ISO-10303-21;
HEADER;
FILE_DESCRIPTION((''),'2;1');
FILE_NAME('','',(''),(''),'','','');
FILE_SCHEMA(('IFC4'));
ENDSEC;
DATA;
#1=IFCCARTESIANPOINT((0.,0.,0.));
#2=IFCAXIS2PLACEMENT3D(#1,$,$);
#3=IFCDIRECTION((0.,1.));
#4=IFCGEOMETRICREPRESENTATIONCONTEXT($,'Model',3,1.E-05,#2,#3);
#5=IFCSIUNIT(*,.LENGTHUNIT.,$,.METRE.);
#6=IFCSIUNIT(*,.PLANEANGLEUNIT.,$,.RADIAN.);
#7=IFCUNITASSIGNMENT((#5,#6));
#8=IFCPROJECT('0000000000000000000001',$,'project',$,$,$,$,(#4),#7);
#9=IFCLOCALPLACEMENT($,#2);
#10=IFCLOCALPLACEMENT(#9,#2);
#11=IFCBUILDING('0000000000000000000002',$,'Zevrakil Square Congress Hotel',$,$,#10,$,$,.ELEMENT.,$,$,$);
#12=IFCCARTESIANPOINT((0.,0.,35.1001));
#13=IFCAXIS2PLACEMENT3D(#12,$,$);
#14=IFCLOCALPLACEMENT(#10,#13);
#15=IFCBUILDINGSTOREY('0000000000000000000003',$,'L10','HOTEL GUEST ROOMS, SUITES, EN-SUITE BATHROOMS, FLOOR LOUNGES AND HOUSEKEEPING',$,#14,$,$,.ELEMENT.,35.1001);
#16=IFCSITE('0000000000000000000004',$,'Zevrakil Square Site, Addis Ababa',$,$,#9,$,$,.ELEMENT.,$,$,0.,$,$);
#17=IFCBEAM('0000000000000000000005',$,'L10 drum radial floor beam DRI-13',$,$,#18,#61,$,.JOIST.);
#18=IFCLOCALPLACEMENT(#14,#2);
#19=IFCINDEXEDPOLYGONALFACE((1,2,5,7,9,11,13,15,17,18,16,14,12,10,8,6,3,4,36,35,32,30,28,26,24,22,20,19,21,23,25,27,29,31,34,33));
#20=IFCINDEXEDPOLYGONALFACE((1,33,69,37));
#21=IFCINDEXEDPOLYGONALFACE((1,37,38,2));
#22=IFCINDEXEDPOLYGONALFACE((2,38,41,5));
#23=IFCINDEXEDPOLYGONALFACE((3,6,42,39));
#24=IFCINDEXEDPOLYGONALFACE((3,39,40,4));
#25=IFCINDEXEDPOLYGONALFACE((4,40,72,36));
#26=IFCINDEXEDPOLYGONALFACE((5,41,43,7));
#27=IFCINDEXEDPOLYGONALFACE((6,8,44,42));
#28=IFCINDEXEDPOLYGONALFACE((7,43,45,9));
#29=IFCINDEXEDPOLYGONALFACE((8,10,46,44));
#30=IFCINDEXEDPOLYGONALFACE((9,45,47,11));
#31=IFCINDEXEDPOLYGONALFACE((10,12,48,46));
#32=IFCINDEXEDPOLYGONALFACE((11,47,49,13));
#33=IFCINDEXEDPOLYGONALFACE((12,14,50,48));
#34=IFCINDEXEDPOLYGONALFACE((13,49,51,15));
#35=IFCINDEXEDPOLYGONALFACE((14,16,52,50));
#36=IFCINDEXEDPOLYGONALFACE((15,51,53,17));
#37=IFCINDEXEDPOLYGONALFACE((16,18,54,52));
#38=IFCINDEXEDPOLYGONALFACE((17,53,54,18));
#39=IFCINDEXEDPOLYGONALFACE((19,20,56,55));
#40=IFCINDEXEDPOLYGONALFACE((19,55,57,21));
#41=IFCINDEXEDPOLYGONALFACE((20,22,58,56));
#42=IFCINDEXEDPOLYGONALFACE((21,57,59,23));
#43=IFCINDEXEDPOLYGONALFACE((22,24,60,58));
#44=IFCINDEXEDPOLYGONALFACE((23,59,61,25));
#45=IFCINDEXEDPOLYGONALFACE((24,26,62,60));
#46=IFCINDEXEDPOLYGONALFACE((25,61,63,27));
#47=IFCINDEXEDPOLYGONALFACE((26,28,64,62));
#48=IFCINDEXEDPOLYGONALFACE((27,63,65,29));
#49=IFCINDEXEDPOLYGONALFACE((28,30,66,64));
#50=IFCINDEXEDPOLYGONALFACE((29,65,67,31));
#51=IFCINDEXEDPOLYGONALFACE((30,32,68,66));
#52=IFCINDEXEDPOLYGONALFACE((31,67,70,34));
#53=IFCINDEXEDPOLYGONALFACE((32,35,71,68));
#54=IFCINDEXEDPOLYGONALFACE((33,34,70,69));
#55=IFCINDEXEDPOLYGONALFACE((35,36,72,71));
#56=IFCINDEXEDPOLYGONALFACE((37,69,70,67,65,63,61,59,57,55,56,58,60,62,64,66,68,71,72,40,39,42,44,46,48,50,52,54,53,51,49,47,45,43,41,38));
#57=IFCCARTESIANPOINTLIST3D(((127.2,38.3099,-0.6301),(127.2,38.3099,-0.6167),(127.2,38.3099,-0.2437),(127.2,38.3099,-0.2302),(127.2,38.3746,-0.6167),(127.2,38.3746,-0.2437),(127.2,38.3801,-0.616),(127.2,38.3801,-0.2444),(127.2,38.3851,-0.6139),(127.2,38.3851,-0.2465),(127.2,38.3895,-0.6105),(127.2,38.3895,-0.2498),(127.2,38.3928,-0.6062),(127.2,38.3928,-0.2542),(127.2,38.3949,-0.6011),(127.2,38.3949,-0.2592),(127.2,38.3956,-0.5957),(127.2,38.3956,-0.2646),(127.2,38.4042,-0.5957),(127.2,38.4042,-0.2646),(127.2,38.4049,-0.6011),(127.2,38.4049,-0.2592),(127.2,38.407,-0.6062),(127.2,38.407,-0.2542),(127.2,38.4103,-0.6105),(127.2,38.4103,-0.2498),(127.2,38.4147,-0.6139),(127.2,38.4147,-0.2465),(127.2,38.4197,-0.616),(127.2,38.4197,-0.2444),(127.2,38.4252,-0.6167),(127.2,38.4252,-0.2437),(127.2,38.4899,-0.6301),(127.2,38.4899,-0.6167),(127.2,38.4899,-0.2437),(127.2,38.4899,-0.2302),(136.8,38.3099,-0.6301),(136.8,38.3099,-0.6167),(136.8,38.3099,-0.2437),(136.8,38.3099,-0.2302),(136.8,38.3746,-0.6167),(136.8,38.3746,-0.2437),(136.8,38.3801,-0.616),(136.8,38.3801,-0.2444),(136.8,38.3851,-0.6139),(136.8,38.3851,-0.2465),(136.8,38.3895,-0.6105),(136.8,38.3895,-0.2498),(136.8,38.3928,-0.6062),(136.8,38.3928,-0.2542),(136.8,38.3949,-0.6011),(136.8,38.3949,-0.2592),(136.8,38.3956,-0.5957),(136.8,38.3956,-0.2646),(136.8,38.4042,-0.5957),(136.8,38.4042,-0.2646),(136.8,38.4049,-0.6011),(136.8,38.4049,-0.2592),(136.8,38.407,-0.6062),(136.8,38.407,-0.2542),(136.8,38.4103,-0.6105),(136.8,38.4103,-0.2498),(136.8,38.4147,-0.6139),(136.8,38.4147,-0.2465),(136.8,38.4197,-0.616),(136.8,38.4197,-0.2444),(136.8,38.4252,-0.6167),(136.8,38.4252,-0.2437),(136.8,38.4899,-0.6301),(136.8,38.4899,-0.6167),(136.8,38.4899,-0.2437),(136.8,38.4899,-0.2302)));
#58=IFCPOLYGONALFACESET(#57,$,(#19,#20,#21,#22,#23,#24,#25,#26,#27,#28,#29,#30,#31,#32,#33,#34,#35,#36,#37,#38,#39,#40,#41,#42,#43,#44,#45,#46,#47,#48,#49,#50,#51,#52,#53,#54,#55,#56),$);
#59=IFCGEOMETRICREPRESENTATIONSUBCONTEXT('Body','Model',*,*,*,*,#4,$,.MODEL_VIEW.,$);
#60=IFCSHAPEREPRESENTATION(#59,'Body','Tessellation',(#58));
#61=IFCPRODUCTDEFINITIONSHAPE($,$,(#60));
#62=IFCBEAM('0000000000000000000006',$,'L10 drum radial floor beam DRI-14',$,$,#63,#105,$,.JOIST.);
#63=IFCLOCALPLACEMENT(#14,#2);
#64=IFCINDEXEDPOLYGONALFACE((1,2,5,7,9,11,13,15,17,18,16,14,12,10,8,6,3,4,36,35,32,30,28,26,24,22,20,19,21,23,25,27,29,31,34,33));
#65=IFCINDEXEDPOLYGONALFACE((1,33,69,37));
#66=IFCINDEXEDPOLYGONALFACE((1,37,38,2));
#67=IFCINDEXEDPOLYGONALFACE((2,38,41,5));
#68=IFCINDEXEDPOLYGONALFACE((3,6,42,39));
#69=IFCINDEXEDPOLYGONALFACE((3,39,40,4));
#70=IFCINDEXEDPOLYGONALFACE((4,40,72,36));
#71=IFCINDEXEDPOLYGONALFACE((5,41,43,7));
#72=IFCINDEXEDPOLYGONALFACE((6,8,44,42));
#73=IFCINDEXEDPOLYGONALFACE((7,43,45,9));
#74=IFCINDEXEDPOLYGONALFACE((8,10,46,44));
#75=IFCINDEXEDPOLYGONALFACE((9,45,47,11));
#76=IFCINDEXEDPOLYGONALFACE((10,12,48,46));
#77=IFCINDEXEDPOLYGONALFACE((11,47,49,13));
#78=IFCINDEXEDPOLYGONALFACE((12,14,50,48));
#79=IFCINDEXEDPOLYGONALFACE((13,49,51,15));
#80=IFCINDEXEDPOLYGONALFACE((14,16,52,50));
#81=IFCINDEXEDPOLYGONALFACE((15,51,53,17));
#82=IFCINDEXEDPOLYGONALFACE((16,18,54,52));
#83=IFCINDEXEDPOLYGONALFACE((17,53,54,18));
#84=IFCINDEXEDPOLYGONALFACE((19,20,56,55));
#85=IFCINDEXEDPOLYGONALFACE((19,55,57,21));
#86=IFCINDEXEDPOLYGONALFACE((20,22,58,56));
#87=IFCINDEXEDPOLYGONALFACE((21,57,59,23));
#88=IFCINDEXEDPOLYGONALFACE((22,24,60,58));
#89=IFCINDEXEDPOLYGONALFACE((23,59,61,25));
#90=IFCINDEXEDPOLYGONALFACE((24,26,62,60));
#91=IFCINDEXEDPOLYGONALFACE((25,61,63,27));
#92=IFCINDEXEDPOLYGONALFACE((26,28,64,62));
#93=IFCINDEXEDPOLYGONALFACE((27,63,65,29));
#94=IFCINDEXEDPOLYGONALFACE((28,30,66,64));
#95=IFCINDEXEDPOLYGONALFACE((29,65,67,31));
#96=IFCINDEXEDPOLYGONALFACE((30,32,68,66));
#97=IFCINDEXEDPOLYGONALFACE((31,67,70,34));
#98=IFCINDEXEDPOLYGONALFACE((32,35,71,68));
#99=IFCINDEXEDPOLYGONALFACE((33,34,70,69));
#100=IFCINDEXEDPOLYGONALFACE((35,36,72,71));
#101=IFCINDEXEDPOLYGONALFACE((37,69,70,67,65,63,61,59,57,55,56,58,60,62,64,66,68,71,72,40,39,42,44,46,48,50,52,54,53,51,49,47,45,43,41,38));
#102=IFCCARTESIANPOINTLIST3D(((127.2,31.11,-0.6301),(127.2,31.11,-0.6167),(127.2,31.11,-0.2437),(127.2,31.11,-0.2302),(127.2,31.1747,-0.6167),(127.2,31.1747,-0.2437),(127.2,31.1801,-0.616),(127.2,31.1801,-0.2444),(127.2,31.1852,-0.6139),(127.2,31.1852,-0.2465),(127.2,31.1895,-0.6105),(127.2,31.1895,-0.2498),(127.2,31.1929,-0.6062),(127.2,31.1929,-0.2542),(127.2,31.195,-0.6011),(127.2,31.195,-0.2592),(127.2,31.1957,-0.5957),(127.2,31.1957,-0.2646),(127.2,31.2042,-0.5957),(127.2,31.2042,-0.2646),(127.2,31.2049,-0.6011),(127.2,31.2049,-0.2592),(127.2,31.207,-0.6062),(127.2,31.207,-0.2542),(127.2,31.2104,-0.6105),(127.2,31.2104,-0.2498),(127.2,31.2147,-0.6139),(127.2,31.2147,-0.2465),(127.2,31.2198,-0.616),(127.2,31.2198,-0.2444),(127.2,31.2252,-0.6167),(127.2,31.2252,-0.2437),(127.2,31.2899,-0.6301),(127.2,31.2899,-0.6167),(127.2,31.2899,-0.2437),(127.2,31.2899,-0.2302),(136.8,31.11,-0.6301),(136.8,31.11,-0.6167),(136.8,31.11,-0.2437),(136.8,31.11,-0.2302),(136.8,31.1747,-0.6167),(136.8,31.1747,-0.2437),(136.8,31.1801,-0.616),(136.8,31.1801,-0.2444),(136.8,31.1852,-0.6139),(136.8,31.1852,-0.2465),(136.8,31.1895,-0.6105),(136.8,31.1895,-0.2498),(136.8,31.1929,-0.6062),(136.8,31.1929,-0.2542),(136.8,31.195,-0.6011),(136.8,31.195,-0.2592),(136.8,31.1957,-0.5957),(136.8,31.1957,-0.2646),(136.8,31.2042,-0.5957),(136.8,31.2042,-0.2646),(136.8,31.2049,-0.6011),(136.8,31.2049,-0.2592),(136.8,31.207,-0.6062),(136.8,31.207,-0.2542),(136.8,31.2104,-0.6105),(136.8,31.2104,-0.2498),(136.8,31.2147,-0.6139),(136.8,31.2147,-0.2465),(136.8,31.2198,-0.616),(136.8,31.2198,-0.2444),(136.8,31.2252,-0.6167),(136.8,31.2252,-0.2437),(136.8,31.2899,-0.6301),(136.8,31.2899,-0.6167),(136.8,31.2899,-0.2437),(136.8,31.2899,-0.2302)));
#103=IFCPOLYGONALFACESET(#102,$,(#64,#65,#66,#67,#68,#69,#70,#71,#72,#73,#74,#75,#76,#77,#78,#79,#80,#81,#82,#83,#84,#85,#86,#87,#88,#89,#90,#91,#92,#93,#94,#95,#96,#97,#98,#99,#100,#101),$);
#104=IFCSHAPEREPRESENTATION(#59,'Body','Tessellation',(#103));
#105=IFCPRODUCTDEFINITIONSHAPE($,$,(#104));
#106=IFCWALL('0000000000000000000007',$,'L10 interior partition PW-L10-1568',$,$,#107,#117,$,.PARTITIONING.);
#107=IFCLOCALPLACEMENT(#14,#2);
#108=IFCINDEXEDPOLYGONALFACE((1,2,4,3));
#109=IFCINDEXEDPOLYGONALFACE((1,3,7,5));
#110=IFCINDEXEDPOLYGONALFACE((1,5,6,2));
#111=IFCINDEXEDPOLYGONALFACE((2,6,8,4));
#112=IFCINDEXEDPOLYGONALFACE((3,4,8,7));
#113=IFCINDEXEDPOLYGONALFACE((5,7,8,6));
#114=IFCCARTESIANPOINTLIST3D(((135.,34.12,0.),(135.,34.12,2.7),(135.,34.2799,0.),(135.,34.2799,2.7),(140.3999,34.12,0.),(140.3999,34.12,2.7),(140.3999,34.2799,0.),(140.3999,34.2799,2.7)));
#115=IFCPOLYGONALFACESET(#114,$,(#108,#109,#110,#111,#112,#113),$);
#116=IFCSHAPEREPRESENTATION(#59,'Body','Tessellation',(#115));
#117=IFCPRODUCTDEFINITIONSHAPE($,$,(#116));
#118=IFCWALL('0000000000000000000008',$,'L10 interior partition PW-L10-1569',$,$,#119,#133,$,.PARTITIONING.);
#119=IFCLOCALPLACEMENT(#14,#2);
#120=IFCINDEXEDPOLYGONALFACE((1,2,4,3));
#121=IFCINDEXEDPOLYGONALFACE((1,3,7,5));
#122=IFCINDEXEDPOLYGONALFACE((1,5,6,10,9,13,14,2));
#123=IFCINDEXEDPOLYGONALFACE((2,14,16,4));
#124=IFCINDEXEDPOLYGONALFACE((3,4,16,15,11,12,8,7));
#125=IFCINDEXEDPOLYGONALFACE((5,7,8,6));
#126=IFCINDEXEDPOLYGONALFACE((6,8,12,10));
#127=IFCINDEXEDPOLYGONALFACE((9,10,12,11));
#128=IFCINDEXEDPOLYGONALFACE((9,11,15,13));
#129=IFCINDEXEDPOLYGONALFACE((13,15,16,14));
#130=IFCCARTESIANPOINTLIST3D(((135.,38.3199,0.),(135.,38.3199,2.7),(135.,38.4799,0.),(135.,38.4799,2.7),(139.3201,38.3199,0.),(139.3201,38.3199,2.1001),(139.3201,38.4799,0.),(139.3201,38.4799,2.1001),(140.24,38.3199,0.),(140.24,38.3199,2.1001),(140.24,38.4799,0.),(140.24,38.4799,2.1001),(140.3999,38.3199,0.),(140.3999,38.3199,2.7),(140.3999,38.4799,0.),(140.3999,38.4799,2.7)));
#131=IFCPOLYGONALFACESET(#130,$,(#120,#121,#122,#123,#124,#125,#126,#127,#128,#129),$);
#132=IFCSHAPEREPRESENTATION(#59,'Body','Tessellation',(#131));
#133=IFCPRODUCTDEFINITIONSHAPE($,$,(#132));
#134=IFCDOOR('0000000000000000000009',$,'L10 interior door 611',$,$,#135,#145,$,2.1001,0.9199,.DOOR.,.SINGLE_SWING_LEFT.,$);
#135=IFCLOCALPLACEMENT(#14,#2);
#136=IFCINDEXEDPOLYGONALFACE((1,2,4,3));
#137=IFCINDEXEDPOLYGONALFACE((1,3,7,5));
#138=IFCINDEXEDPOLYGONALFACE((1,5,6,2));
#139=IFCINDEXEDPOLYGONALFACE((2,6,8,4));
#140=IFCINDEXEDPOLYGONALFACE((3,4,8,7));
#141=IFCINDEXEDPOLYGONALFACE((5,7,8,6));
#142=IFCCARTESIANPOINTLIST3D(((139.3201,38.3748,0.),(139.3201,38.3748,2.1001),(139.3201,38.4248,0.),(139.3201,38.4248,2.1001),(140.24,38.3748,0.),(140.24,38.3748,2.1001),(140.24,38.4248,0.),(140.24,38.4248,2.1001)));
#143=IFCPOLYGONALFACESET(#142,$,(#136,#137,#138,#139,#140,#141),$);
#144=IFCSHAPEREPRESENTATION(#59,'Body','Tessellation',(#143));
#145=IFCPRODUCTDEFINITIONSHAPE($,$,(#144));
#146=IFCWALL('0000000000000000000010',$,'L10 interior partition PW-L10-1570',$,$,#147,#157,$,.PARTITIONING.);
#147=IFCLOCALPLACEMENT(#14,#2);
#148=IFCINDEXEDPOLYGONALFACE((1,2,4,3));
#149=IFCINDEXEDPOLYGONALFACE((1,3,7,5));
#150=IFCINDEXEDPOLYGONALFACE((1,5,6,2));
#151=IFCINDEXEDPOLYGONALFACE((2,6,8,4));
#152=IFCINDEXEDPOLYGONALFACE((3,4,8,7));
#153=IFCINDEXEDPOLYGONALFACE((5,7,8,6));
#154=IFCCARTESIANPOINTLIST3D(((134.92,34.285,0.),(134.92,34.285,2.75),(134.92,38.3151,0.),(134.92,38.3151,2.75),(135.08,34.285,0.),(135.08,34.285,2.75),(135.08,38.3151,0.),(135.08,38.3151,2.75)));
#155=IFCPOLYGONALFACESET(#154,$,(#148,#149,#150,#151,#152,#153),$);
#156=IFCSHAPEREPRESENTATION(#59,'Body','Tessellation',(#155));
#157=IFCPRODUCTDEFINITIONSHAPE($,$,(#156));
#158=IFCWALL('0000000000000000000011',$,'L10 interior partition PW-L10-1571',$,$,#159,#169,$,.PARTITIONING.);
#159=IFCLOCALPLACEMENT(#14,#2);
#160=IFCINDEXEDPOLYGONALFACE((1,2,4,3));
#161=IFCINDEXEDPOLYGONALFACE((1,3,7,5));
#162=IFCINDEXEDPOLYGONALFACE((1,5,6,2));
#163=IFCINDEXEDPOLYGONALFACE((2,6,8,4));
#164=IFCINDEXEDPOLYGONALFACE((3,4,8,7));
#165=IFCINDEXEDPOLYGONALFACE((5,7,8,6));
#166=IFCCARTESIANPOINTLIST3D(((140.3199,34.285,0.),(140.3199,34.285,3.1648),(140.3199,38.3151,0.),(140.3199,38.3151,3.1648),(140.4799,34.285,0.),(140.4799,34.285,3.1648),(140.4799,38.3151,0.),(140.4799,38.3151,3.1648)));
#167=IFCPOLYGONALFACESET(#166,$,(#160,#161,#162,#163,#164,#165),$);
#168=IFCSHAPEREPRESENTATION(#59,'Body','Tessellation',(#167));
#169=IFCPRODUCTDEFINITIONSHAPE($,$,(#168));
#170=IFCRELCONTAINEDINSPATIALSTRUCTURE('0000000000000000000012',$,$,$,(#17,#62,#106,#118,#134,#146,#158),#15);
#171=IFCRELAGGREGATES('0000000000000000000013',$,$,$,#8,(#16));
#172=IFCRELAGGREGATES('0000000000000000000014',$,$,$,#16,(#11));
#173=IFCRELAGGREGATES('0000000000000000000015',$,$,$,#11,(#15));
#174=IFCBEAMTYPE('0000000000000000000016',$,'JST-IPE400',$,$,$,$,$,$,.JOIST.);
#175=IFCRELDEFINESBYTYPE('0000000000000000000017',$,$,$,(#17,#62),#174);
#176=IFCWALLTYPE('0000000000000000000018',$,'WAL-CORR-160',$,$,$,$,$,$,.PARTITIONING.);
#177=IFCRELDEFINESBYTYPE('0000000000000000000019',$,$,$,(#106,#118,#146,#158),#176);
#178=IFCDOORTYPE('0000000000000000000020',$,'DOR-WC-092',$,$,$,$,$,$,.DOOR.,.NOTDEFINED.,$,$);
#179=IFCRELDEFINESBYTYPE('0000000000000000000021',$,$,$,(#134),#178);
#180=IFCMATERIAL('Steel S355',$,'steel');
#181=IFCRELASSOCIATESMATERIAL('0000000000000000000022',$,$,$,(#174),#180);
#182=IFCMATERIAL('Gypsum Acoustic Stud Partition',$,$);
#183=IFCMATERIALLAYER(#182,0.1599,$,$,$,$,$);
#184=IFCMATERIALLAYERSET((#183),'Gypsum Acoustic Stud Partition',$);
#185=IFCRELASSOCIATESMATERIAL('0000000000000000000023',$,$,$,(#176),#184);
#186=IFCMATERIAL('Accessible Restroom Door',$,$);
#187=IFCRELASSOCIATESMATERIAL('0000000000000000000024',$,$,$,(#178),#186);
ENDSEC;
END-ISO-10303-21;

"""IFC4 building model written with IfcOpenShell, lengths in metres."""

from ifc_helpers import new_model, si_unit, direction, frame, frame_2d, origin, origin_2d, place, context, subcontext, project, spatial, rectangle, i_section, extrude, material, layer, layer_set, material_profile, profile_set, type_object, element, fill, save


model = new_model("IFC4")

# Units and contexts
model_context = context("Model", 3, precision=1e-05, world=origin(), true_north=direction((0.0, 1.0)))
body_context = subcontext(model_context, "Body", "Model", "MODEL_VIEW")
ifc_project = project(units=[si_unit("LENGTHUNIT", "METRE"), si_unit("PLANEANGLEUNIT", "RADIAN")], contexts=[model_context])

# Site, building, storey
site_placement = place(None, origin())
site = spatial("IfcSite", under=ifc_project, at=site_placement, Name="Zevrakil Square Site, Addis Ababa", CompositionType="ELEMENT", RefElevation=0.0)
building_placement = place(site_placement, origin())
building = spatial("IfcBuilding", under=site, at=building_placement, Name="Zevrakil Square Congress Hotel", CompositionType="ELEMENT")
storey_placement = place(building_placement, frame((0.0, 0.0, 35.1001)))
storey = spatial("IfcBuildingStorey", under=building, at=storey_placement, Name="L10", Description="HOTEL GUEST ROOMS, SUITES, EN-SUITE BATHROOMS, FLOOR LOUNGES AND HOUSEKEEPING", CompositionType="ELEMENT", Elevation=35.1001)

# Beams
ifc_material_1 = material(Name="Steel S355", Category="steel")
ifc_material_profile_1 = material_profile(ifc_material_1, i_section(OverallWidth=0.1799, OverallDepth=0.3999, WebThickness=0.0085, FlangeThickness=0.0134, FilletRadius=0.021, at=origin_2d()), Name="IPE 400")
ifc_profile_set_1 = profile_set([ifc_material_profile_1], Name="Steel S355")
beam_type_1 = type_object("IfcBeamType", Name="JST-IPE400", PredefinedType="JOIST", material=ifc_profile_set_1)
for number, where, z_axis, x_axis, name in (
    (1, (136.8, 38.3999, -0.4302), (-1.0, 0.0, 0.0), (0.0, -1.0, 0.0), "L10 drum radial floor beam DRI-13"),
    (2, (136.8, 31.2, -0.4302), (-1.0, 0.0, 0.0), (0.0, -1.0, 0.0), "L10 drum radial floor beam DRI-14"),
):
    element("IfcBeam", number, at=place(storey_placement, frame(where, z_axis=z_axis, x_axis=x_axis)), inside=storey, type_object=beam_type_1, Name=name, PredefinedType="JOIST", context=body_context, shape_type="SweptSolid", body=[
        extrude(i_section(OverallWidth=0.1799, OverallDepth=0.3999, WebThickness=0.0085, FlangeThickness=0.0134, FilletRadius=0.021, at=origin_2d()), origin(), (0.0, 0.0, 1.0), 9.6001),
    ])

# Wall
ifc_material_2 = material(Name="Gypsum Acoustic Stud Partition")
ifc_layer_1 = layer(ifc_material_2, 0.1599)
ifc_layer_set_1 = layer_set([ifc_layer_1], Name="Gypsum Acoustic Stud Partition")
wall_type_1 = type_object("IfcWallType", Name="WAL-CORR-160", PredefinedType="PARTITIONING", material=ifc_layer_set_1)
wall_1_placement = place(storey_placement, frame((135.0, 34.2, 0.0), z_axis=(0.0, 0.0, 1.0), x_axis=(1.0, 0.0, 0.0)))
element("IfcWall", 3, at=wall_1_placement, inside=storey, type_object=wall_type_1, Name="L10 interior partition PW-L10-1568", PredefinedType="PARTITIONING", context=body_context, shape_type="SweptSolid", body=[
    extrude(rectangle(XDim=5.3999, YDim=0.1599, at=frame_2d((2.7, 0.0))), origin(), (0.0, 0.0, 1.0), 2.7),
])

# Wall, opening, door
wall_2_placement = place(storey_placement, frame((135.0, 38.3999, 0.0), z_axis=(0.0, 0.0, 1.0), x_axis=(1.0, 0.0, 0.0)))
wall_2 = element("IfcWall", 4, at=wall_2_placement, inside=storey, type_object=wall_type_1, Name="L10 interior partition PW-L10-1569", PredefinedType="PARTITIONING", context=body_context, shape_type="SweptSolid", body=[
    extrude(rectangle(XDim=5.3999, YDim=0.1599, at=frame_2d((2.7, 0.0))), origin(), (0.0, 0.0, 1.0), 2.7),
])
opening_1_placement = place(wall_2_placement, frame((4.3201, 0.0, 0.0)))
opening_1 = element("IfcOpeningElement", 5, at=opening_1_placement, cuts=wall_2, PredefinedType="OPENING", context=body_context, shape_type="SweptSolid", body=[
    extrude(rectangle(XDim=0.9199, YDim=2.1001, at=frame_2d((0.46, 1.05))), frame((0.0, 0.0898, 0.0), z_axis=(0.0, -1.0, 0.0), x_axis=(1.0, 0.0, 0.0)), (0.0, 0.0, 1.0), 0.1799),
])
ifc_material_3 = material(Name="Accessible Restroom Door")
door_type_1 = type_object("IfcDoorType", Name="DOR-WC-092", OperationType="NOTDEFINED", PredefinedType="DOOR", material=ifc_material_3)
door_1_placement = place(opening_1_placement, origin())
door_1 = element("IfcDoor", 6, at=door_1_placement, inside=storey, type_object=door_type_1, Name="L10 interior door 611", OperationType="SINGLE_SWING_LEFT", OverallHeight=2.1001, OverallWidth=0.9199, PredefinedType="DOOR", context=body_context, shape_type="SweptSolid", body=[
    extrude(rectangle(XDim=0.9199, YDim=2.1001, at=frame_2d((0.46, 1.05))), frame((0.0, 0.0249, 0.0), z_axis=(0.0, -1.0, 0.0), x_axis=(1.0, 0.0, 0.0)), (0.0, 0.0, 1.0), 0.05),
])
fill(opening_1, door_1)

# Walls
wall_3_placement = place(storey_placement, frame((135.0, 34.2849, 0.0), z_axis=(0.0, 0.0, 1.0), x_axis=(0.0, 1.0, 0.0)))
element("IfcWall", 7, at=wall_3_placement, inside=storey, type_object=wall_type_1, Name="L10 interior partition PW-L10-1570", PredefinedType="PARTITIONING", context=body_context, shape_type="SweptSolid", body=[
    extrude(rectangle(XDim=4.03, YDim=0.1599, at=frame_2d((2.0151, 0.0))), origin(), (0.0, 0.0, 1.0), 2.75),
])
wall_4_placement = place(storey_placement, frame((140.3999, 34.2849, 0.0), z_axis=(0.0, 0.0, 1.0), x_axis=(0.0, 1.0, 0.0)))
element("IfcWall", 8, at=wall_4_placement, inside=storey, type_object=wall_type_1, Name="L10 interior partition PW-L10-1571", PredefinedType="PARTITIONING", context=body_context, shape_type="SweptSolid", body=[
    extrude(rectangle(XDim=4.03, YDim=0.1599, at=frame_2d((2.0151, 0.0))), origin(), (0.0, 0.0, 1.0), 3.1648),
])

save(model, "model.ifc")
